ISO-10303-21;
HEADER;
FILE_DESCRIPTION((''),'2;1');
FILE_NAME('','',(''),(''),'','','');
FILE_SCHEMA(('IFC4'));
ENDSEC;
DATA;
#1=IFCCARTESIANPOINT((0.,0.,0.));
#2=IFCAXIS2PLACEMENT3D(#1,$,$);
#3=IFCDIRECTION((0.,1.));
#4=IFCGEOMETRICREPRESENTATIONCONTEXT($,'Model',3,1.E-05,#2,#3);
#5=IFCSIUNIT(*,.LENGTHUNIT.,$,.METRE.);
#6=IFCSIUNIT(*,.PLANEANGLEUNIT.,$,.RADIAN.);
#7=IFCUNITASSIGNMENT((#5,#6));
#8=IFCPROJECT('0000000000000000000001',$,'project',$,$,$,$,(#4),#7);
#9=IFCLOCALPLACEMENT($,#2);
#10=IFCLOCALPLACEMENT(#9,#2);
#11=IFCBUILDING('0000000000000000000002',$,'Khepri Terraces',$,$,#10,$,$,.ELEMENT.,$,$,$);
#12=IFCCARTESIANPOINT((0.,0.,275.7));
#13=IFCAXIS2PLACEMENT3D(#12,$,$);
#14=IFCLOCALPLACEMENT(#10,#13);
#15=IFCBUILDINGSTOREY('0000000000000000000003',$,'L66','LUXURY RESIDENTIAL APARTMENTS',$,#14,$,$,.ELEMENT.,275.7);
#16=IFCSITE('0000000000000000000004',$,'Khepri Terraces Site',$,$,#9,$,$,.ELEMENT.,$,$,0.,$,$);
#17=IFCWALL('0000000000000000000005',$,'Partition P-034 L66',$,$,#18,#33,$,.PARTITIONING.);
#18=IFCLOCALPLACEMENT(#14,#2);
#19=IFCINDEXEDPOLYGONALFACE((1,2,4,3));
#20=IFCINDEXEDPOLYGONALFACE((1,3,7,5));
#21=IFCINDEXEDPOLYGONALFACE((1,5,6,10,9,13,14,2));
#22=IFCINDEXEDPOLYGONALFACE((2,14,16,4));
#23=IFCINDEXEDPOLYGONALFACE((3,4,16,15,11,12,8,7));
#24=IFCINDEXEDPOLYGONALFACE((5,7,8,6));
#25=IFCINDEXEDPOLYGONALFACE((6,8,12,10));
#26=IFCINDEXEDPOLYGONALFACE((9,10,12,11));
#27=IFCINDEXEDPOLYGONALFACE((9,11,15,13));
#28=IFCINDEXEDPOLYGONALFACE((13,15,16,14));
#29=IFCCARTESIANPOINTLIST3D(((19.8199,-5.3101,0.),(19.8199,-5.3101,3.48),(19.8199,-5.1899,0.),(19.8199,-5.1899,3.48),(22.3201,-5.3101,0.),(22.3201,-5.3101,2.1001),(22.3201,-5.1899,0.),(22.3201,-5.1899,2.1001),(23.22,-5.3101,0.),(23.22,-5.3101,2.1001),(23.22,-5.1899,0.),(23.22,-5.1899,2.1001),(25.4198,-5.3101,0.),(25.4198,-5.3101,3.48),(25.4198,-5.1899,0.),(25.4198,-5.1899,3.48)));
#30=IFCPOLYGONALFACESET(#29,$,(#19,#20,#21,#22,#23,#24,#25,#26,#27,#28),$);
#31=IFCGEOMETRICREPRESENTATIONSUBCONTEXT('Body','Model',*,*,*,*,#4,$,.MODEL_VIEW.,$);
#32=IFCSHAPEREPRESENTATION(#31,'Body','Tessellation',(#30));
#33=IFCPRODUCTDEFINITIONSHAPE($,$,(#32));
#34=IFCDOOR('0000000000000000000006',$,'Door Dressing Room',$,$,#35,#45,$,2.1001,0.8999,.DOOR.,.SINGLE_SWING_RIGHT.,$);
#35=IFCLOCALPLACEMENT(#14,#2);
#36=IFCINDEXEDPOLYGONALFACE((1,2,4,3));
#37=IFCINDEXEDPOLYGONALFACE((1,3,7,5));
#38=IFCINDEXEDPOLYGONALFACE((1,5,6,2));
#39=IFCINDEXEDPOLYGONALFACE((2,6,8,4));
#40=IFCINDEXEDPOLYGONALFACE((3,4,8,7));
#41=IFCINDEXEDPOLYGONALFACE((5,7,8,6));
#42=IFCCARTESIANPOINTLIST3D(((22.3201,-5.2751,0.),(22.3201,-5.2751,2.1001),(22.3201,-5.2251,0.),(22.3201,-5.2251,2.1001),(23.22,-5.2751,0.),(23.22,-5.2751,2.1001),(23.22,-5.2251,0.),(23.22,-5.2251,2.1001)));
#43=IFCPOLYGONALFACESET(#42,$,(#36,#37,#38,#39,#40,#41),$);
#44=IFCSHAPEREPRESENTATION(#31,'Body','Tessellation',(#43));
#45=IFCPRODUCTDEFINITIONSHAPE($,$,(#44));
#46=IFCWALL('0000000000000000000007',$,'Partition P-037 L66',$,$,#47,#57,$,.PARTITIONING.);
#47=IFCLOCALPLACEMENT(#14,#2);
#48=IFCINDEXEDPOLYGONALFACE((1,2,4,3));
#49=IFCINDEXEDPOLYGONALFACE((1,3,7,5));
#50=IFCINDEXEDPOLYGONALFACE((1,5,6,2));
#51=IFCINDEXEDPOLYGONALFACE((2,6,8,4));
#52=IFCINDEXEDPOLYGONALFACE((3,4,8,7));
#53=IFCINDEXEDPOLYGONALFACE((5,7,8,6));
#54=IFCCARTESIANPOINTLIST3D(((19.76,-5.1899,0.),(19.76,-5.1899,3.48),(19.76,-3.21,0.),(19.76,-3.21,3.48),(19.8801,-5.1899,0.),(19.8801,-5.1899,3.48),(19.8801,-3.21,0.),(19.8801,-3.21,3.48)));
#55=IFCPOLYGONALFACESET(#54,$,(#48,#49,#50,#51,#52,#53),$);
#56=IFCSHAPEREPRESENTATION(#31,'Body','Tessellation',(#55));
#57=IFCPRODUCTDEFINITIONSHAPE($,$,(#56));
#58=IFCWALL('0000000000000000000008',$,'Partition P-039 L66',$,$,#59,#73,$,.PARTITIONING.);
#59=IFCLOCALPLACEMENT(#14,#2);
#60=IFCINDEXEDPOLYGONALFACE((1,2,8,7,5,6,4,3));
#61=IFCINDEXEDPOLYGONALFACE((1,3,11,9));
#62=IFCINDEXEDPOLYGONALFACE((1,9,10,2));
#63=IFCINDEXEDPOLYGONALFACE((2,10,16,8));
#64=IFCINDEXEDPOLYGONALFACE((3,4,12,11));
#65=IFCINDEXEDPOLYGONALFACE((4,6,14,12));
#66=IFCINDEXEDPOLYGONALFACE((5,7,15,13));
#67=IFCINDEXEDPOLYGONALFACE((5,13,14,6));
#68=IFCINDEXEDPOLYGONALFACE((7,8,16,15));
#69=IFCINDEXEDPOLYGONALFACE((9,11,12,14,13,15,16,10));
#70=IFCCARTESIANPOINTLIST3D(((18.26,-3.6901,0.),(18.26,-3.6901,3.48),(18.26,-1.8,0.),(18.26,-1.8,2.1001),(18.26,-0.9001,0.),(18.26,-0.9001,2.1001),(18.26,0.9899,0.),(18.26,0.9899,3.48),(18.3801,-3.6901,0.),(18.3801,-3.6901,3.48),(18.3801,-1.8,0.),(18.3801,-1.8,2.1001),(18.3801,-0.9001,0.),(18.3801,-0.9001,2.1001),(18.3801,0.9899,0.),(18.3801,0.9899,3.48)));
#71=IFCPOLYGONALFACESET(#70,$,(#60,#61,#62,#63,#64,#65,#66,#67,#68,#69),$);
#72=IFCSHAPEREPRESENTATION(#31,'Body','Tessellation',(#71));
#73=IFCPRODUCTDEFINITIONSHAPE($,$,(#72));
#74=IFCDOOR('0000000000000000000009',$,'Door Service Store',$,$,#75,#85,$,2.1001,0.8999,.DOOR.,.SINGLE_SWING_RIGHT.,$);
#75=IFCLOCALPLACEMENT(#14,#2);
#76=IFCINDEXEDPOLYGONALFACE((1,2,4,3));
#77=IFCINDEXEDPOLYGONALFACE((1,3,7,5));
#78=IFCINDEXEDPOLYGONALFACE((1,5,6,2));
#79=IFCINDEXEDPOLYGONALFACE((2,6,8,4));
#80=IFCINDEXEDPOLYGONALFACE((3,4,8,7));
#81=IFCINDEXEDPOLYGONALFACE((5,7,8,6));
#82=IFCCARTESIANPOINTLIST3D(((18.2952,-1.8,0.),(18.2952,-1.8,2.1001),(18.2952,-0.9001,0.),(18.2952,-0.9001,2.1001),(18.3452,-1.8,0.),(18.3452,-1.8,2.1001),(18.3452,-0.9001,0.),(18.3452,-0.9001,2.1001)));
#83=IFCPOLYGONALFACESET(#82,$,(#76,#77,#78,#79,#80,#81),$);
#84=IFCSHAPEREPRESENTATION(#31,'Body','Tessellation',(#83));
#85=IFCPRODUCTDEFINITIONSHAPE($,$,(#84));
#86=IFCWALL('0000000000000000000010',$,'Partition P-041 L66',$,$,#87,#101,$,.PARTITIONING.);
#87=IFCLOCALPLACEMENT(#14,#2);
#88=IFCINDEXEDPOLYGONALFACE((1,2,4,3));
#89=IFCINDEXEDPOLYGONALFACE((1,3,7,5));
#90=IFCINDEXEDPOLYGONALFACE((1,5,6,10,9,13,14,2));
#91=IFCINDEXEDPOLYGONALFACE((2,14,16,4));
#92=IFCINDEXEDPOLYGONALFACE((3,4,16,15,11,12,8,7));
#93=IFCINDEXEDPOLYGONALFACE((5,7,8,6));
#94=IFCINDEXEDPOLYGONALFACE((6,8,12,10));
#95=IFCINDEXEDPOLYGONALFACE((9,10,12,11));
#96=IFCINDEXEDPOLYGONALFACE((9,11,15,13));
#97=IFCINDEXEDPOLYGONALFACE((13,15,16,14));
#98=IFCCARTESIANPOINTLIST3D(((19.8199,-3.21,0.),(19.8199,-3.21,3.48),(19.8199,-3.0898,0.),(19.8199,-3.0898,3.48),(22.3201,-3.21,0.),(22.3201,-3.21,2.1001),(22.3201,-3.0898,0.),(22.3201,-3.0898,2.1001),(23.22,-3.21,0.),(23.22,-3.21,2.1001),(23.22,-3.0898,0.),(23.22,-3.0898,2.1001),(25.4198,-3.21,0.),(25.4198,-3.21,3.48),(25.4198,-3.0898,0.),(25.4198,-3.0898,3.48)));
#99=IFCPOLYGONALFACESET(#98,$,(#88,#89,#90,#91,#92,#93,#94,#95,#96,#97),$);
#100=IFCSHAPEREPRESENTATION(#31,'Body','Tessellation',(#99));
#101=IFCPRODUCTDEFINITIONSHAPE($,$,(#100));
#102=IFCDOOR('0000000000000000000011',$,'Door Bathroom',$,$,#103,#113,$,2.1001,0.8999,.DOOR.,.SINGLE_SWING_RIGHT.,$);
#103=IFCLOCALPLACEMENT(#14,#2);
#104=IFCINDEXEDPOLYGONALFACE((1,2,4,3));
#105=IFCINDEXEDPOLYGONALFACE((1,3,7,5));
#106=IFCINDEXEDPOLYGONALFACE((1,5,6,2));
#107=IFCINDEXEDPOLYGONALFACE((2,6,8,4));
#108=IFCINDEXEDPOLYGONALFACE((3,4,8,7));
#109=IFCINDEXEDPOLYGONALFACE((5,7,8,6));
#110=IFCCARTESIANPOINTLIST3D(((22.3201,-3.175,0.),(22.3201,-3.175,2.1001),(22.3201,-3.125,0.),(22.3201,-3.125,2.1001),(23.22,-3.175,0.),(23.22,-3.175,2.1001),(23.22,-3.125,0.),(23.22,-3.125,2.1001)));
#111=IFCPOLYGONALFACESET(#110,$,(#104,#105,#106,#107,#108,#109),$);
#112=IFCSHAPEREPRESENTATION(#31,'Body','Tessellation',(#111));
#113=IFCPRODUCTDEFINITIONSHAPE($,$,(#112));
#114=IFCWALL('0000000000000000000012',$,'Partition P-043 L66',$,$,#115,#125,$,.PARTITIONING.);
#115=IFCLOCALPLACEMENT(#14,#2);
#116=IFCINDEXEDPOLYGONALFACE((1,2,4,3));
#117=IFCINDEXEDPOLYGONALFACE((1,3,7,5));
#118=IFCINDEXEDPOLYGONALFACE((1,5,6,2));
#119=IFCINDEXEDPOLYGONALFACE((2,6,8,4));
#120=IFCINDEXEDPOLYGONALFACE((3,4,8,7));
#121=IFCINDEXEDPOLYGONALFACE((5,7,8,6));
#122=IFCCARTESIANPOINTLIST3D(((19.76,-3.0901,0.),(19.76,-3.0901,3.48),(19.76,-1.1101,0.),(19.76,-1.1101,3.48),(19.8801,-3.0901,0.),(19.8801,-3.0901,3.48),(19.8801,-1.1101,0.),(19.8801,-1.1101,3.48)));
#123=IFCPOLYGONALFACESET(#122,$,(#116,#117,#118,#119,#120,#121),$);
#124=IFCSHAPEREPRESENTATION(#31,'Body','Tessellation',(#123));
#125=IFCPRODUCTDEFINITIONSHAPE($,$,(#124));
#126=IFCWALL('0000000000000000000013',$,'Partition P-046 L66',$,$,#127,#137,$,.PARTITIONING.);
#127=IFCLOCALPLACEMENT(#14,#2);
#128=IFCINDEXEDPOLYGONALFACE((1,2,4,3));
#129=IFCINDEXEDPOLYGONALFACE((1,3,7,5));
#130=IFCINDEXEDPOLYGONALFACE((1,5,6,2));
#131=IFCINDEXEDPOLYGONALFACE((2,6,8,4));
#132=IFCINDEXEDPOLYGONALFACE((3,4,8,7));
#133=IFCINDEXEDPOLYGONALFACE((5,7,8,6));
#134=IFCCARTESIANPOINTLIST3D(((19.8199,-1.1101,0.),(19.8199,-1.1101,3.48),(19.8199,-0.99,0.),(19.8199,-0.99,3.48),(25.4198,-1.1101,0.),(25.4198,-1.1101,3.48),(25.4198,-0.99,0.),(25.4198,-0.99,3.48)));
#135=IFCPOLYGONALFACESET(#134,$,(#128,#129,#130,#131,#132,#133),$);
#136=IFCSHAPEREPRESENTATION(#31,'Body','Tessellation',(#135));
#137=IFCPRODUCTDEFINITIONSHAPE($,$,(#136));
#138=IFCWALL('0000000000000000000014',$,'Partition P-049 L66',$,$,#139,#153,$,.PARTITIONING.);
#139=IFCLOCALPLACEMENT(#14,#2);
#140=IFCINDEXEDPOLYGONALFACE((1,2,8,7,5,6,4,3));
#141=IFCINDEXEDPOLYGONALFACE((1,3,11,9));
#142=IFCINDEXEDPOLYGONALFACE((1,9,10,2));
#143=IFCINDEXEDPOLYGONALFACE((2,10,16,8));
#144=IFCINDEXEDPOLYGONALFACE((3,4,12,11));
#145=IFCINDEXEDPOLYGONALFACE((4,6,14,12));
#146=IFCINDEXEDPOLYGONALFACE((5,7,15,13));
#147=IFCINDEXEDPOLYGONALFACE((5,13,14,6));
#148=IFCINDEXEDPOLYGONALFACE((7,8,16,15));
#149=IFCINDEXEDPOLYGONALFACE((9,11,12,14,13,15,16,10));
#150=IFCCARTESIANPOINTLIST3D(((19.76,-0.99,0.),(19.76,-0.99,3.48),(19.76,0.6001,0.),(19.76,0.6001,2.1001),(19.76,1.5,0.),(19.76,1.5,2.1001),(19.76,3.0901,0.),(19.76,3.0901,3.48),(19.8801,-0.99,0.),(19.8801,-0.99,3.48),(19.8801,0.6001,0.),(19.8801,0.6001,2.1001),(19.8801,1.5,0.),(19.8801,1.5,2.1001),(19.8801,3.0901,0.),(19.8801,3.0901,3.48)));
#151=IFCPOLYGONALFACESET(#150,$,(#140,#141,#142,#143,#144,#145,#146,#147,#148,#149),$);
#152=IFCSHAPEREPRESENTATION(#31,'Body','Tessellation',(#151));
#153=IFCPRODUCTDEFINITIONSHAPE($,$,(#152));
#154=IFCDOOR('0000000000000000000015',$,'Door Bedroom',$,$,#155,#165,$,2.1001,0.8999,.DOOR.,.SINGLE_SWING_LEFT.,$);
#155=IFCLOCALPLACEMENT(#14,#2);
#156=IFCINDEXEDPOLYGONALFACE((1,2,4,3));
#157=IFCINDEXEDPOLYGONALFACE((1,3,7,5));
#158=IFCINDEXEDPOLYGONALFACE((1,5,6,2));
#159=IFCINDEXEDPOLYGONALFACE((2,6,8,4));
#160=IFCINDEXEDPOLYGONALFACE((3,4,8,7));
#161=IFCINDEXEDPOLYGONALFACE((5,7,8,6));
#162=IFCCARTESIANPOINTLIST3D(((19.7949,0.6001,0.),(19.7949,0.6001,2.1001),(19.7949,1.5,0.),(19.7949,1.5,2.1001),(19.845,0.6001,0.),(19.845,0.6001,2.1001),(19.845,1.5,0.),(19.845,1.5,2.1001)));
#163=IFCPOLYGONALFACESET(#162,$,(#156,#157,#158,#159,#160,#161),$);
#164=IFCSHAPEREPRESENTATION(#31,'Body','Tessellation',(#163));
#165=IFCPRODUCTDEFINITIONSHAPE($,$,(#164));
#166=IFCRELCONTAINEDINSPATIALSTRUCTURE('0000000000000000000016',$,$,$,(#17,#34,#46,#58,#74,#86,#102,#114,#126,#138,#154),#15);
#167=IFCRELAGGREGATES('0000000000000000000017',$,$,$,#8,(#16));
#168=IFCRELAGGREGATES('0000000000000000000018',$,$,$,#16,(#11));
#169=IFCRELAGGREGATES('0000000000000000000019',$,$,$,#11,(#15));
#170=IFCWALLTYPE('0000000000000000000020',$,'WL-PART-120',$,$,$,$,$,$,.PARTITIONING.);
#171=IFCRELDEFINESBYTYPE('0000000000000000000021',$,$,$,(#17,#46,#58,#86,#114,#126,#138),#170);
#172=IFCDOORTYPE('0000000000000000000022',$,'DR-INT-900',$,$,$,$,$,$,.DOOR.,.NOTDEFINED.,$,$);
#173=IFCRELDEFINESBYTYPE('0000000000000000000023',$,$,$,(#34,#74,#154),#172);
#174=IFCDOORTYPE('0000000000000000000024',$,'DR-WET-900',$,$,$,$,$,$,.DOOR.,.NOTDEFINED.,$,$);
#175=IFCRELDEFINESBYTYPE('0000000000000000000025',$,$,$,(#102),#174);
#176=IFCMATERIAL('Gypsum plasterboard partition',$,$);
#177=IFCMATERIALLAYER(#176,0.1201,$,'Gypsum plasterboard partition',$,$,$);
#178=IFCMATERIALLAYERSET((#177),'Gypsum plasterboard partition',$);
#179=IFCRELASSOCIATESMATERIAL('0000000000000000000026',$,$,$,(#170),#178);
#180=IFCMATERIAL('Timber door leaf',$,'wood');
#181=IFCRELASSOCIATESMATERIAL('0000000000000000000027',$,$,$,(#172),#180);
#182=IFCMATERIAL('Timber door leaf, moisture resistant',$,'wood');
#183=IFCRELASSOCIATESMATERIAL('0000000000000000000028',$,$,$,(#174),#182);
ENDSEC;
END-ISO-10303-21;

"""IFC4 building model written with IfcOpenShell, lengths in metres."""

from ifc_helpers import new_model, si_unit, direction, frame, frame_2d, origin, place, context, subcontext, project, spatial, rectangle, extrude, material, layer, layer_set, type_object, element, fill, save


model = new_model("IFC4")

# Units and contexts
model_context = context("Model", 3, precision=1e-05, world=origin(), true_north=direction((0.0, 1.0)))
body_context = subcontext(model_context, "Body", "Model", "MODEL_VIEW")
ifc_project = project(units=[si_unit("LENGTHUNIT", "METRE"), si_unit("PLANEANGLEUNIT", "RADIAN")], contexts=[model_context])

# Site, building, storey
site_placement = place(None, origin())
site = spatial("IfcSite", under=ifc_project, at=site_placement, Name="Khepri Terraces Site", CompositionType="ELEMENT", RefElevation=0.0)
building_placement = place(site_placement, origin())
building = spatial("IfcBuilding", under=site, at=building_placement, Name="Khepri Terraces", CompositionType="ELEMENT")
storey_placement = place(building_placement, frame((0.0, 0.0, 275.7)))
storey = spatial("IfcBuildingStorey", under=building, at=storey_placement, Name="L66", Description="LUXURY RESIDENTIAL APARTMENTS", CompositionType="ELEMENT", Elevation=275.7)

# Shared definitions
ifc_material_1 = material(Name="Gypsum plasterboard partition")
ifc_layer_1 = layer(ifc_material_1, 0.1201, Name="Gypsum plasterboard partition")
ifc_layer_set_1 = layer_set([ifc_layer_1], Name="Gypsum plasterboard partition")
wall_type_1 = type_object("IfcWallType", Name="WL-PART-120", PredefinedType="PARTITIONING", material=ifc_layer_set_1)

# Shared definitions
ifc_material_2 = material(Name="Timber door leaf", Category="wood")
door_type_1 = type_object("IfcDoorType", Name="DR-INT-900", OperationType="NOTDEFINED", PredefinedType="DOOR", material=ifc_material_2)

# Wall, opening, door
wall_1_placement = place(storey_placement, frame((19.8201, -5.25, 0.0), z_axis=(0.0, 0.0, 1.0), x_axis=(1.0, 0.0, 0.0)))
wall_1 = element("IfcWall", 1, at=wall_1_placement, inside=storey, type_object=wall_type_1, Name="Partition P-034 L66", PredefinedType="PARTITIONING", context=body_context, shape_type="SweptSolid", body=[
    extrude(rectangle(XDim=5.5999, YDim=0.1201, at=frame_2d((2.7998, 0.0))), origin(), (0.0, 0.0, 1.0), 3.48),
])
opening_1_placement = place(wall_1_placement, frame((2.5, 0.0, 0.0)))
opening_1 = element("IfcOpeningElement", 2, at=opening_1_placement, cuts=wall_1, PredefinedType="OPENING", context=body_context, shape_type="SweptSolid", body=[
    extrude(rectangle(XDim=0.8999, YDim=2.1001, at=frame_2d((0.45, 1.05))), frame((0.0, 0.0701, 0.0), z_axis=(0.0, -1.0, 0.0), x_axis=(1.0, 0.0, 0.0)), (0.0, 0.0, 1.0), 0.1401),
])
door_1_placement = place(opening_1_placement, origin())
door_1 = element("IfcDoor", 3, at=door_1_placement, inside=storey, type_object=door_type_1, Name="Door Dressing Room", OperationType="SINGLE_SWING_RIGHT", OverallHeight=2.1001, OverallWidth=0.8999, PredefinedType="DOOR", context=body_context, shape_type="SweptSolid", body=[
    extrude(rectangle(XDim=0.8999, YDim=2.1001, at=frame_2d((0.45, 1.05))), frame((0.0, 0.0249, 0.0), z_axis=(0.0, -1.0, 0.0), x_axis=(1.0, 0.0, 0.0)), (0.0, 0.0, 1.0), 0.05),
])
fill(opening_1, door_1)

# Wall
wall_2_placement = place(storey_placement, frame((19.8201, -5.1899, 0.0), z_axis=(0.0, 0.0, 1.0), x_axis=(0.0, 1.0, 0.0)))
element("IfcWall", 4, at=wall_2_placement, inside=storey, type_object=wall_type_1, Name="Partition P-037 L66", PredefinedType="PARTITIONING", context=body_context, shape_type="SweptSolid", body=[
    extrude(rectangle(XDim=1.98, YDim=0.1201, at=frame_2d((0.99, 0.0))), origin(), (0.0, 0.0, 1.0), 3.48),
])

# Walls, openings, doors
wall_3_placement = place(storey_placement, frame((18.3201, -3.6899, 0.0), z_axis=(0.0, 0.0, 1.0), x_axis=(0.0, 1.0, 0.0)))
wall_3 = element("IfcWall", 5, at=wall_3_placement, inside=storey, type_object=wall_type_1, Name="Partition P-039 L66", PredefinedType="PARTITIONING", context=body_context, shape_type="SweptSolid", body=[
    extrude(rectangle(XDim=4.6799, YDim=0.1201, at=frame_2d((2.3398, 0.0))), origin(), (0.0, 0.0, 1.0), 3.48),
])
opening_2_placement = place(wall_3_placement, frame((1.8899, 0.0, 0.0)))
opening_2 = element("IfcOpeningElement", 6, at=opening_2_placement, cuts=wall_3, PredefinedType="OPENING", context=body_context, shape_type="SweptSolid", body=[
    extrude(rectangle(XDim=0.8999, YDim=2.1001, at=frame_2d((0.45, 1.05))), frame((0.0, 0.0701, 0.0), z_axis=(0.0, -1.0, 0.0), x_axis=(1.0, 0.0, 0.0)), (0.0, 0.0, 1.0), 0.1401),
])
door_2_placement = place(opening_2_placement, origin())
door_2 = element("IfcDoor", 7, at=door_2_placement, inside=storey, type_object=door_type_1, Name="Door Service Store", OperationType="SINGLE_SWING_RIGHT", OverallHeight=2.1001, OverallWidth=0.8999, PredefinedType="DOOR", context=body_context, shape_type="SweptSolid", body=[
    extrude(rectangle(XDim=0.8999, YDim=2.1001, at=frame_2d((0.45, 1.05))), frame((0.0, 0.0249, 0.0), z_axis=(0.0, -1.0, 0.0), x_axis=(1.0, 0.0, 0.0)), (0.0, 0.0, 1.0), 0.05),
])
fill(opening_2, door_2)
wall_4_placement = place(storey_placement, frame((19.8201, -3.1499, 0.0), z_axis=(0.0, 0.0, 1.0), x_axis=(1.0, 0.0, 0.0)))
wall_4 = element("IfcWall", 8, at=wall_4_placement, inside=storey, type_object=wall_type_1, Name="Partition P-041 L66", PredefinedType="PARTITIONING", context=body_context, shape_type="SweptSolid", body=[
    extrude(rectangle(XDim=5.5999, YDim=0.1201, at=frame_2d((2.7998, 0.0))), origin(), (0.0, 0.0, 1.0), 3.48),
])
opening_3_placement = place(wall_4_placement, frame((2.5, 0.0, 0.0)))
opening_3 = element("IfcOpeningElement", 9, at=opening_3_placement, cuts=wall_4, PredefinedType="OPENING", context=body_context, shape_type="SweptSolid", body=[
    extrude(rectangle(XDim=0.8999, YDim=2.1001, at=frame_2d((0.45, 1.05))), frame((0.0, 0.0701, 0.0), z_axis=(0.0, -1.0, 0.0), x_axis=(1.0, 0.0, 0.0)), (0.0, 0.0, 1.0), 0.1401),
])
ifc_material_3 = material(Name="Timber door leaf, moisture resistant", Category="wood")
door_type_2 = type_object("IfcDoorType", Name="DR-WET-900", OperationType="NOTDEFINED", PredefinedType="DOOR", material=ifc_material_3)
door_3_placement = place(opening_3_placement, origin())
door_3 = element("IfcDoor", 10, at=door_3_placement, inside=storey, type_object=door_type_2, Name="Door Bathroom", OperationType="SINGLE_SWING_RIGHT", OverallHeight=2.1001, OverallWidth=0.8999, PredefinedType="DOOR", context=body_context, shape_type="SweptSolid", body=[
    extrude(rectangle(XDim=0.8999, YDim=2.1001, at=frame_2d((0.45, 1.05))), frame((0.0, 0.0249, 0.0), z_axis=(0.0, -1.0, 0.0), x_axis=(1.0, 0.0, 0.0)), (0.0, 0.0, 1.0), 0.05),
])
fill(opening_3, door_3)

# Walls
wall_5_placement = place(storey_placement, frame((19.8201, -3.0901, 0.0), z_axis=(0.0, 0.0, 1.0), x_axis=(0.0, 1.0, 0.0)))
element("IfcWall", 11, at=wall_5_placement, inside=storey, type_object=wall_type_1, Name="Partition P-043 L66", PredefinedType="PARTITIONING", context=body_context, shape_type="SweptSolid", body=[
    extrude(rectangle(XDim=1.98, YDim=0.1201, at=frame_2d((0.99, 0.0))), origin(), (0.0, 0.0, 1.0), 3.48),
])
wall_6_placement = place(storey_placement, frame((19.8201, -1.05, 0.0), z_axis=(0.0, 0.0, 1.0), x_axis=(1.0, 0.0, 0.0)))
element("IfcWall", 12, at=wall_6_placement, inside=storey, type_object=wall_type_1, Name="Partition P-046 L66", PredefinedType="PARTITIONING", context=body_context, shape_type="SweptSolid", body=[
    extrude(rectangle(XDim=5.5999, YDim=0.1201, at=frame_2d((2.7998, 0.0))), origin(), (0.0, 0.0, 1.0), 3.48),
])

# Wall, opening, door
wall_7_placement = place(storey_placement, frame((19.8201, -0.99, 0.0), z_axis=(0.0, 0.0, 1.0), x_axis=(0.0, 1.0, 0.0)))
wall_7 = element("IfcWall", 13, at=wall_7_placement, inside=storey, type_object=wall_type_1, Name="Partition P-049 L66", PredefinedType="PARTITIONING", context=body_context, shape_type="SweptSolid", body=[
    extrude(rectangle(XDim=4.0801, YDim=0.1201, at=frame_2d((2.04, 0.0))), origin(), (0.0, 0.0, 1.0), 3.48),
])
opening_4_placement = place(wall_7_placement, frame((1.5901, 0.0, 0.0)))
opening_4 = element("IfcOpeningElement", 14, at=opening_4_placement, cuts=wall_7, PredefinedType="OPENING", context=body_context, shape_type="SweptSolid", body=[
    extrude(rectangle(XDim=0.8999, YDim=2.1001, at=frame_2d((0.45, 1.05))), frame((0.0, 0.0701, 0.0), z_axis=(0.0, -1.0, 0.0), x_axis=(1.0, 0.0, 0.0)), (0.0, 0.0, 1.0), 0.1401),
])
door_4_placement = place(opening_4_placement, frame((0.8999, 0.0, 0.0), z_axis=(0.0, 0.0, 1.0), x_axis=(-1.0, 0.0, 0.0)))
door_4 = element("IfcDoor", 15, at=door_4_placement, inside=storey, type_object=door_type_1, Name="Door Bedroom", OperationType="SINGLE_SWING_LEFT", OverallHeight=2.1001, OverallWidth=0.8999, PredefinedType="DOOR", context=body_context, shape_type="SweptSolid", body=[
    extrude(rectangle(XDim=0.8999, YDim=2.1001, at=frame_2d((0.45, 1.05))), frame((0.0, 0.0249, 0.0), z_axis=(0.0, -1.0, 0.0), x_axis=(1.0, 0.0, 0.0)), (0.0, 0.0, 1.0), 0.05),
])
fill(opening_4, door_4)

save(model, "model.ifc")
